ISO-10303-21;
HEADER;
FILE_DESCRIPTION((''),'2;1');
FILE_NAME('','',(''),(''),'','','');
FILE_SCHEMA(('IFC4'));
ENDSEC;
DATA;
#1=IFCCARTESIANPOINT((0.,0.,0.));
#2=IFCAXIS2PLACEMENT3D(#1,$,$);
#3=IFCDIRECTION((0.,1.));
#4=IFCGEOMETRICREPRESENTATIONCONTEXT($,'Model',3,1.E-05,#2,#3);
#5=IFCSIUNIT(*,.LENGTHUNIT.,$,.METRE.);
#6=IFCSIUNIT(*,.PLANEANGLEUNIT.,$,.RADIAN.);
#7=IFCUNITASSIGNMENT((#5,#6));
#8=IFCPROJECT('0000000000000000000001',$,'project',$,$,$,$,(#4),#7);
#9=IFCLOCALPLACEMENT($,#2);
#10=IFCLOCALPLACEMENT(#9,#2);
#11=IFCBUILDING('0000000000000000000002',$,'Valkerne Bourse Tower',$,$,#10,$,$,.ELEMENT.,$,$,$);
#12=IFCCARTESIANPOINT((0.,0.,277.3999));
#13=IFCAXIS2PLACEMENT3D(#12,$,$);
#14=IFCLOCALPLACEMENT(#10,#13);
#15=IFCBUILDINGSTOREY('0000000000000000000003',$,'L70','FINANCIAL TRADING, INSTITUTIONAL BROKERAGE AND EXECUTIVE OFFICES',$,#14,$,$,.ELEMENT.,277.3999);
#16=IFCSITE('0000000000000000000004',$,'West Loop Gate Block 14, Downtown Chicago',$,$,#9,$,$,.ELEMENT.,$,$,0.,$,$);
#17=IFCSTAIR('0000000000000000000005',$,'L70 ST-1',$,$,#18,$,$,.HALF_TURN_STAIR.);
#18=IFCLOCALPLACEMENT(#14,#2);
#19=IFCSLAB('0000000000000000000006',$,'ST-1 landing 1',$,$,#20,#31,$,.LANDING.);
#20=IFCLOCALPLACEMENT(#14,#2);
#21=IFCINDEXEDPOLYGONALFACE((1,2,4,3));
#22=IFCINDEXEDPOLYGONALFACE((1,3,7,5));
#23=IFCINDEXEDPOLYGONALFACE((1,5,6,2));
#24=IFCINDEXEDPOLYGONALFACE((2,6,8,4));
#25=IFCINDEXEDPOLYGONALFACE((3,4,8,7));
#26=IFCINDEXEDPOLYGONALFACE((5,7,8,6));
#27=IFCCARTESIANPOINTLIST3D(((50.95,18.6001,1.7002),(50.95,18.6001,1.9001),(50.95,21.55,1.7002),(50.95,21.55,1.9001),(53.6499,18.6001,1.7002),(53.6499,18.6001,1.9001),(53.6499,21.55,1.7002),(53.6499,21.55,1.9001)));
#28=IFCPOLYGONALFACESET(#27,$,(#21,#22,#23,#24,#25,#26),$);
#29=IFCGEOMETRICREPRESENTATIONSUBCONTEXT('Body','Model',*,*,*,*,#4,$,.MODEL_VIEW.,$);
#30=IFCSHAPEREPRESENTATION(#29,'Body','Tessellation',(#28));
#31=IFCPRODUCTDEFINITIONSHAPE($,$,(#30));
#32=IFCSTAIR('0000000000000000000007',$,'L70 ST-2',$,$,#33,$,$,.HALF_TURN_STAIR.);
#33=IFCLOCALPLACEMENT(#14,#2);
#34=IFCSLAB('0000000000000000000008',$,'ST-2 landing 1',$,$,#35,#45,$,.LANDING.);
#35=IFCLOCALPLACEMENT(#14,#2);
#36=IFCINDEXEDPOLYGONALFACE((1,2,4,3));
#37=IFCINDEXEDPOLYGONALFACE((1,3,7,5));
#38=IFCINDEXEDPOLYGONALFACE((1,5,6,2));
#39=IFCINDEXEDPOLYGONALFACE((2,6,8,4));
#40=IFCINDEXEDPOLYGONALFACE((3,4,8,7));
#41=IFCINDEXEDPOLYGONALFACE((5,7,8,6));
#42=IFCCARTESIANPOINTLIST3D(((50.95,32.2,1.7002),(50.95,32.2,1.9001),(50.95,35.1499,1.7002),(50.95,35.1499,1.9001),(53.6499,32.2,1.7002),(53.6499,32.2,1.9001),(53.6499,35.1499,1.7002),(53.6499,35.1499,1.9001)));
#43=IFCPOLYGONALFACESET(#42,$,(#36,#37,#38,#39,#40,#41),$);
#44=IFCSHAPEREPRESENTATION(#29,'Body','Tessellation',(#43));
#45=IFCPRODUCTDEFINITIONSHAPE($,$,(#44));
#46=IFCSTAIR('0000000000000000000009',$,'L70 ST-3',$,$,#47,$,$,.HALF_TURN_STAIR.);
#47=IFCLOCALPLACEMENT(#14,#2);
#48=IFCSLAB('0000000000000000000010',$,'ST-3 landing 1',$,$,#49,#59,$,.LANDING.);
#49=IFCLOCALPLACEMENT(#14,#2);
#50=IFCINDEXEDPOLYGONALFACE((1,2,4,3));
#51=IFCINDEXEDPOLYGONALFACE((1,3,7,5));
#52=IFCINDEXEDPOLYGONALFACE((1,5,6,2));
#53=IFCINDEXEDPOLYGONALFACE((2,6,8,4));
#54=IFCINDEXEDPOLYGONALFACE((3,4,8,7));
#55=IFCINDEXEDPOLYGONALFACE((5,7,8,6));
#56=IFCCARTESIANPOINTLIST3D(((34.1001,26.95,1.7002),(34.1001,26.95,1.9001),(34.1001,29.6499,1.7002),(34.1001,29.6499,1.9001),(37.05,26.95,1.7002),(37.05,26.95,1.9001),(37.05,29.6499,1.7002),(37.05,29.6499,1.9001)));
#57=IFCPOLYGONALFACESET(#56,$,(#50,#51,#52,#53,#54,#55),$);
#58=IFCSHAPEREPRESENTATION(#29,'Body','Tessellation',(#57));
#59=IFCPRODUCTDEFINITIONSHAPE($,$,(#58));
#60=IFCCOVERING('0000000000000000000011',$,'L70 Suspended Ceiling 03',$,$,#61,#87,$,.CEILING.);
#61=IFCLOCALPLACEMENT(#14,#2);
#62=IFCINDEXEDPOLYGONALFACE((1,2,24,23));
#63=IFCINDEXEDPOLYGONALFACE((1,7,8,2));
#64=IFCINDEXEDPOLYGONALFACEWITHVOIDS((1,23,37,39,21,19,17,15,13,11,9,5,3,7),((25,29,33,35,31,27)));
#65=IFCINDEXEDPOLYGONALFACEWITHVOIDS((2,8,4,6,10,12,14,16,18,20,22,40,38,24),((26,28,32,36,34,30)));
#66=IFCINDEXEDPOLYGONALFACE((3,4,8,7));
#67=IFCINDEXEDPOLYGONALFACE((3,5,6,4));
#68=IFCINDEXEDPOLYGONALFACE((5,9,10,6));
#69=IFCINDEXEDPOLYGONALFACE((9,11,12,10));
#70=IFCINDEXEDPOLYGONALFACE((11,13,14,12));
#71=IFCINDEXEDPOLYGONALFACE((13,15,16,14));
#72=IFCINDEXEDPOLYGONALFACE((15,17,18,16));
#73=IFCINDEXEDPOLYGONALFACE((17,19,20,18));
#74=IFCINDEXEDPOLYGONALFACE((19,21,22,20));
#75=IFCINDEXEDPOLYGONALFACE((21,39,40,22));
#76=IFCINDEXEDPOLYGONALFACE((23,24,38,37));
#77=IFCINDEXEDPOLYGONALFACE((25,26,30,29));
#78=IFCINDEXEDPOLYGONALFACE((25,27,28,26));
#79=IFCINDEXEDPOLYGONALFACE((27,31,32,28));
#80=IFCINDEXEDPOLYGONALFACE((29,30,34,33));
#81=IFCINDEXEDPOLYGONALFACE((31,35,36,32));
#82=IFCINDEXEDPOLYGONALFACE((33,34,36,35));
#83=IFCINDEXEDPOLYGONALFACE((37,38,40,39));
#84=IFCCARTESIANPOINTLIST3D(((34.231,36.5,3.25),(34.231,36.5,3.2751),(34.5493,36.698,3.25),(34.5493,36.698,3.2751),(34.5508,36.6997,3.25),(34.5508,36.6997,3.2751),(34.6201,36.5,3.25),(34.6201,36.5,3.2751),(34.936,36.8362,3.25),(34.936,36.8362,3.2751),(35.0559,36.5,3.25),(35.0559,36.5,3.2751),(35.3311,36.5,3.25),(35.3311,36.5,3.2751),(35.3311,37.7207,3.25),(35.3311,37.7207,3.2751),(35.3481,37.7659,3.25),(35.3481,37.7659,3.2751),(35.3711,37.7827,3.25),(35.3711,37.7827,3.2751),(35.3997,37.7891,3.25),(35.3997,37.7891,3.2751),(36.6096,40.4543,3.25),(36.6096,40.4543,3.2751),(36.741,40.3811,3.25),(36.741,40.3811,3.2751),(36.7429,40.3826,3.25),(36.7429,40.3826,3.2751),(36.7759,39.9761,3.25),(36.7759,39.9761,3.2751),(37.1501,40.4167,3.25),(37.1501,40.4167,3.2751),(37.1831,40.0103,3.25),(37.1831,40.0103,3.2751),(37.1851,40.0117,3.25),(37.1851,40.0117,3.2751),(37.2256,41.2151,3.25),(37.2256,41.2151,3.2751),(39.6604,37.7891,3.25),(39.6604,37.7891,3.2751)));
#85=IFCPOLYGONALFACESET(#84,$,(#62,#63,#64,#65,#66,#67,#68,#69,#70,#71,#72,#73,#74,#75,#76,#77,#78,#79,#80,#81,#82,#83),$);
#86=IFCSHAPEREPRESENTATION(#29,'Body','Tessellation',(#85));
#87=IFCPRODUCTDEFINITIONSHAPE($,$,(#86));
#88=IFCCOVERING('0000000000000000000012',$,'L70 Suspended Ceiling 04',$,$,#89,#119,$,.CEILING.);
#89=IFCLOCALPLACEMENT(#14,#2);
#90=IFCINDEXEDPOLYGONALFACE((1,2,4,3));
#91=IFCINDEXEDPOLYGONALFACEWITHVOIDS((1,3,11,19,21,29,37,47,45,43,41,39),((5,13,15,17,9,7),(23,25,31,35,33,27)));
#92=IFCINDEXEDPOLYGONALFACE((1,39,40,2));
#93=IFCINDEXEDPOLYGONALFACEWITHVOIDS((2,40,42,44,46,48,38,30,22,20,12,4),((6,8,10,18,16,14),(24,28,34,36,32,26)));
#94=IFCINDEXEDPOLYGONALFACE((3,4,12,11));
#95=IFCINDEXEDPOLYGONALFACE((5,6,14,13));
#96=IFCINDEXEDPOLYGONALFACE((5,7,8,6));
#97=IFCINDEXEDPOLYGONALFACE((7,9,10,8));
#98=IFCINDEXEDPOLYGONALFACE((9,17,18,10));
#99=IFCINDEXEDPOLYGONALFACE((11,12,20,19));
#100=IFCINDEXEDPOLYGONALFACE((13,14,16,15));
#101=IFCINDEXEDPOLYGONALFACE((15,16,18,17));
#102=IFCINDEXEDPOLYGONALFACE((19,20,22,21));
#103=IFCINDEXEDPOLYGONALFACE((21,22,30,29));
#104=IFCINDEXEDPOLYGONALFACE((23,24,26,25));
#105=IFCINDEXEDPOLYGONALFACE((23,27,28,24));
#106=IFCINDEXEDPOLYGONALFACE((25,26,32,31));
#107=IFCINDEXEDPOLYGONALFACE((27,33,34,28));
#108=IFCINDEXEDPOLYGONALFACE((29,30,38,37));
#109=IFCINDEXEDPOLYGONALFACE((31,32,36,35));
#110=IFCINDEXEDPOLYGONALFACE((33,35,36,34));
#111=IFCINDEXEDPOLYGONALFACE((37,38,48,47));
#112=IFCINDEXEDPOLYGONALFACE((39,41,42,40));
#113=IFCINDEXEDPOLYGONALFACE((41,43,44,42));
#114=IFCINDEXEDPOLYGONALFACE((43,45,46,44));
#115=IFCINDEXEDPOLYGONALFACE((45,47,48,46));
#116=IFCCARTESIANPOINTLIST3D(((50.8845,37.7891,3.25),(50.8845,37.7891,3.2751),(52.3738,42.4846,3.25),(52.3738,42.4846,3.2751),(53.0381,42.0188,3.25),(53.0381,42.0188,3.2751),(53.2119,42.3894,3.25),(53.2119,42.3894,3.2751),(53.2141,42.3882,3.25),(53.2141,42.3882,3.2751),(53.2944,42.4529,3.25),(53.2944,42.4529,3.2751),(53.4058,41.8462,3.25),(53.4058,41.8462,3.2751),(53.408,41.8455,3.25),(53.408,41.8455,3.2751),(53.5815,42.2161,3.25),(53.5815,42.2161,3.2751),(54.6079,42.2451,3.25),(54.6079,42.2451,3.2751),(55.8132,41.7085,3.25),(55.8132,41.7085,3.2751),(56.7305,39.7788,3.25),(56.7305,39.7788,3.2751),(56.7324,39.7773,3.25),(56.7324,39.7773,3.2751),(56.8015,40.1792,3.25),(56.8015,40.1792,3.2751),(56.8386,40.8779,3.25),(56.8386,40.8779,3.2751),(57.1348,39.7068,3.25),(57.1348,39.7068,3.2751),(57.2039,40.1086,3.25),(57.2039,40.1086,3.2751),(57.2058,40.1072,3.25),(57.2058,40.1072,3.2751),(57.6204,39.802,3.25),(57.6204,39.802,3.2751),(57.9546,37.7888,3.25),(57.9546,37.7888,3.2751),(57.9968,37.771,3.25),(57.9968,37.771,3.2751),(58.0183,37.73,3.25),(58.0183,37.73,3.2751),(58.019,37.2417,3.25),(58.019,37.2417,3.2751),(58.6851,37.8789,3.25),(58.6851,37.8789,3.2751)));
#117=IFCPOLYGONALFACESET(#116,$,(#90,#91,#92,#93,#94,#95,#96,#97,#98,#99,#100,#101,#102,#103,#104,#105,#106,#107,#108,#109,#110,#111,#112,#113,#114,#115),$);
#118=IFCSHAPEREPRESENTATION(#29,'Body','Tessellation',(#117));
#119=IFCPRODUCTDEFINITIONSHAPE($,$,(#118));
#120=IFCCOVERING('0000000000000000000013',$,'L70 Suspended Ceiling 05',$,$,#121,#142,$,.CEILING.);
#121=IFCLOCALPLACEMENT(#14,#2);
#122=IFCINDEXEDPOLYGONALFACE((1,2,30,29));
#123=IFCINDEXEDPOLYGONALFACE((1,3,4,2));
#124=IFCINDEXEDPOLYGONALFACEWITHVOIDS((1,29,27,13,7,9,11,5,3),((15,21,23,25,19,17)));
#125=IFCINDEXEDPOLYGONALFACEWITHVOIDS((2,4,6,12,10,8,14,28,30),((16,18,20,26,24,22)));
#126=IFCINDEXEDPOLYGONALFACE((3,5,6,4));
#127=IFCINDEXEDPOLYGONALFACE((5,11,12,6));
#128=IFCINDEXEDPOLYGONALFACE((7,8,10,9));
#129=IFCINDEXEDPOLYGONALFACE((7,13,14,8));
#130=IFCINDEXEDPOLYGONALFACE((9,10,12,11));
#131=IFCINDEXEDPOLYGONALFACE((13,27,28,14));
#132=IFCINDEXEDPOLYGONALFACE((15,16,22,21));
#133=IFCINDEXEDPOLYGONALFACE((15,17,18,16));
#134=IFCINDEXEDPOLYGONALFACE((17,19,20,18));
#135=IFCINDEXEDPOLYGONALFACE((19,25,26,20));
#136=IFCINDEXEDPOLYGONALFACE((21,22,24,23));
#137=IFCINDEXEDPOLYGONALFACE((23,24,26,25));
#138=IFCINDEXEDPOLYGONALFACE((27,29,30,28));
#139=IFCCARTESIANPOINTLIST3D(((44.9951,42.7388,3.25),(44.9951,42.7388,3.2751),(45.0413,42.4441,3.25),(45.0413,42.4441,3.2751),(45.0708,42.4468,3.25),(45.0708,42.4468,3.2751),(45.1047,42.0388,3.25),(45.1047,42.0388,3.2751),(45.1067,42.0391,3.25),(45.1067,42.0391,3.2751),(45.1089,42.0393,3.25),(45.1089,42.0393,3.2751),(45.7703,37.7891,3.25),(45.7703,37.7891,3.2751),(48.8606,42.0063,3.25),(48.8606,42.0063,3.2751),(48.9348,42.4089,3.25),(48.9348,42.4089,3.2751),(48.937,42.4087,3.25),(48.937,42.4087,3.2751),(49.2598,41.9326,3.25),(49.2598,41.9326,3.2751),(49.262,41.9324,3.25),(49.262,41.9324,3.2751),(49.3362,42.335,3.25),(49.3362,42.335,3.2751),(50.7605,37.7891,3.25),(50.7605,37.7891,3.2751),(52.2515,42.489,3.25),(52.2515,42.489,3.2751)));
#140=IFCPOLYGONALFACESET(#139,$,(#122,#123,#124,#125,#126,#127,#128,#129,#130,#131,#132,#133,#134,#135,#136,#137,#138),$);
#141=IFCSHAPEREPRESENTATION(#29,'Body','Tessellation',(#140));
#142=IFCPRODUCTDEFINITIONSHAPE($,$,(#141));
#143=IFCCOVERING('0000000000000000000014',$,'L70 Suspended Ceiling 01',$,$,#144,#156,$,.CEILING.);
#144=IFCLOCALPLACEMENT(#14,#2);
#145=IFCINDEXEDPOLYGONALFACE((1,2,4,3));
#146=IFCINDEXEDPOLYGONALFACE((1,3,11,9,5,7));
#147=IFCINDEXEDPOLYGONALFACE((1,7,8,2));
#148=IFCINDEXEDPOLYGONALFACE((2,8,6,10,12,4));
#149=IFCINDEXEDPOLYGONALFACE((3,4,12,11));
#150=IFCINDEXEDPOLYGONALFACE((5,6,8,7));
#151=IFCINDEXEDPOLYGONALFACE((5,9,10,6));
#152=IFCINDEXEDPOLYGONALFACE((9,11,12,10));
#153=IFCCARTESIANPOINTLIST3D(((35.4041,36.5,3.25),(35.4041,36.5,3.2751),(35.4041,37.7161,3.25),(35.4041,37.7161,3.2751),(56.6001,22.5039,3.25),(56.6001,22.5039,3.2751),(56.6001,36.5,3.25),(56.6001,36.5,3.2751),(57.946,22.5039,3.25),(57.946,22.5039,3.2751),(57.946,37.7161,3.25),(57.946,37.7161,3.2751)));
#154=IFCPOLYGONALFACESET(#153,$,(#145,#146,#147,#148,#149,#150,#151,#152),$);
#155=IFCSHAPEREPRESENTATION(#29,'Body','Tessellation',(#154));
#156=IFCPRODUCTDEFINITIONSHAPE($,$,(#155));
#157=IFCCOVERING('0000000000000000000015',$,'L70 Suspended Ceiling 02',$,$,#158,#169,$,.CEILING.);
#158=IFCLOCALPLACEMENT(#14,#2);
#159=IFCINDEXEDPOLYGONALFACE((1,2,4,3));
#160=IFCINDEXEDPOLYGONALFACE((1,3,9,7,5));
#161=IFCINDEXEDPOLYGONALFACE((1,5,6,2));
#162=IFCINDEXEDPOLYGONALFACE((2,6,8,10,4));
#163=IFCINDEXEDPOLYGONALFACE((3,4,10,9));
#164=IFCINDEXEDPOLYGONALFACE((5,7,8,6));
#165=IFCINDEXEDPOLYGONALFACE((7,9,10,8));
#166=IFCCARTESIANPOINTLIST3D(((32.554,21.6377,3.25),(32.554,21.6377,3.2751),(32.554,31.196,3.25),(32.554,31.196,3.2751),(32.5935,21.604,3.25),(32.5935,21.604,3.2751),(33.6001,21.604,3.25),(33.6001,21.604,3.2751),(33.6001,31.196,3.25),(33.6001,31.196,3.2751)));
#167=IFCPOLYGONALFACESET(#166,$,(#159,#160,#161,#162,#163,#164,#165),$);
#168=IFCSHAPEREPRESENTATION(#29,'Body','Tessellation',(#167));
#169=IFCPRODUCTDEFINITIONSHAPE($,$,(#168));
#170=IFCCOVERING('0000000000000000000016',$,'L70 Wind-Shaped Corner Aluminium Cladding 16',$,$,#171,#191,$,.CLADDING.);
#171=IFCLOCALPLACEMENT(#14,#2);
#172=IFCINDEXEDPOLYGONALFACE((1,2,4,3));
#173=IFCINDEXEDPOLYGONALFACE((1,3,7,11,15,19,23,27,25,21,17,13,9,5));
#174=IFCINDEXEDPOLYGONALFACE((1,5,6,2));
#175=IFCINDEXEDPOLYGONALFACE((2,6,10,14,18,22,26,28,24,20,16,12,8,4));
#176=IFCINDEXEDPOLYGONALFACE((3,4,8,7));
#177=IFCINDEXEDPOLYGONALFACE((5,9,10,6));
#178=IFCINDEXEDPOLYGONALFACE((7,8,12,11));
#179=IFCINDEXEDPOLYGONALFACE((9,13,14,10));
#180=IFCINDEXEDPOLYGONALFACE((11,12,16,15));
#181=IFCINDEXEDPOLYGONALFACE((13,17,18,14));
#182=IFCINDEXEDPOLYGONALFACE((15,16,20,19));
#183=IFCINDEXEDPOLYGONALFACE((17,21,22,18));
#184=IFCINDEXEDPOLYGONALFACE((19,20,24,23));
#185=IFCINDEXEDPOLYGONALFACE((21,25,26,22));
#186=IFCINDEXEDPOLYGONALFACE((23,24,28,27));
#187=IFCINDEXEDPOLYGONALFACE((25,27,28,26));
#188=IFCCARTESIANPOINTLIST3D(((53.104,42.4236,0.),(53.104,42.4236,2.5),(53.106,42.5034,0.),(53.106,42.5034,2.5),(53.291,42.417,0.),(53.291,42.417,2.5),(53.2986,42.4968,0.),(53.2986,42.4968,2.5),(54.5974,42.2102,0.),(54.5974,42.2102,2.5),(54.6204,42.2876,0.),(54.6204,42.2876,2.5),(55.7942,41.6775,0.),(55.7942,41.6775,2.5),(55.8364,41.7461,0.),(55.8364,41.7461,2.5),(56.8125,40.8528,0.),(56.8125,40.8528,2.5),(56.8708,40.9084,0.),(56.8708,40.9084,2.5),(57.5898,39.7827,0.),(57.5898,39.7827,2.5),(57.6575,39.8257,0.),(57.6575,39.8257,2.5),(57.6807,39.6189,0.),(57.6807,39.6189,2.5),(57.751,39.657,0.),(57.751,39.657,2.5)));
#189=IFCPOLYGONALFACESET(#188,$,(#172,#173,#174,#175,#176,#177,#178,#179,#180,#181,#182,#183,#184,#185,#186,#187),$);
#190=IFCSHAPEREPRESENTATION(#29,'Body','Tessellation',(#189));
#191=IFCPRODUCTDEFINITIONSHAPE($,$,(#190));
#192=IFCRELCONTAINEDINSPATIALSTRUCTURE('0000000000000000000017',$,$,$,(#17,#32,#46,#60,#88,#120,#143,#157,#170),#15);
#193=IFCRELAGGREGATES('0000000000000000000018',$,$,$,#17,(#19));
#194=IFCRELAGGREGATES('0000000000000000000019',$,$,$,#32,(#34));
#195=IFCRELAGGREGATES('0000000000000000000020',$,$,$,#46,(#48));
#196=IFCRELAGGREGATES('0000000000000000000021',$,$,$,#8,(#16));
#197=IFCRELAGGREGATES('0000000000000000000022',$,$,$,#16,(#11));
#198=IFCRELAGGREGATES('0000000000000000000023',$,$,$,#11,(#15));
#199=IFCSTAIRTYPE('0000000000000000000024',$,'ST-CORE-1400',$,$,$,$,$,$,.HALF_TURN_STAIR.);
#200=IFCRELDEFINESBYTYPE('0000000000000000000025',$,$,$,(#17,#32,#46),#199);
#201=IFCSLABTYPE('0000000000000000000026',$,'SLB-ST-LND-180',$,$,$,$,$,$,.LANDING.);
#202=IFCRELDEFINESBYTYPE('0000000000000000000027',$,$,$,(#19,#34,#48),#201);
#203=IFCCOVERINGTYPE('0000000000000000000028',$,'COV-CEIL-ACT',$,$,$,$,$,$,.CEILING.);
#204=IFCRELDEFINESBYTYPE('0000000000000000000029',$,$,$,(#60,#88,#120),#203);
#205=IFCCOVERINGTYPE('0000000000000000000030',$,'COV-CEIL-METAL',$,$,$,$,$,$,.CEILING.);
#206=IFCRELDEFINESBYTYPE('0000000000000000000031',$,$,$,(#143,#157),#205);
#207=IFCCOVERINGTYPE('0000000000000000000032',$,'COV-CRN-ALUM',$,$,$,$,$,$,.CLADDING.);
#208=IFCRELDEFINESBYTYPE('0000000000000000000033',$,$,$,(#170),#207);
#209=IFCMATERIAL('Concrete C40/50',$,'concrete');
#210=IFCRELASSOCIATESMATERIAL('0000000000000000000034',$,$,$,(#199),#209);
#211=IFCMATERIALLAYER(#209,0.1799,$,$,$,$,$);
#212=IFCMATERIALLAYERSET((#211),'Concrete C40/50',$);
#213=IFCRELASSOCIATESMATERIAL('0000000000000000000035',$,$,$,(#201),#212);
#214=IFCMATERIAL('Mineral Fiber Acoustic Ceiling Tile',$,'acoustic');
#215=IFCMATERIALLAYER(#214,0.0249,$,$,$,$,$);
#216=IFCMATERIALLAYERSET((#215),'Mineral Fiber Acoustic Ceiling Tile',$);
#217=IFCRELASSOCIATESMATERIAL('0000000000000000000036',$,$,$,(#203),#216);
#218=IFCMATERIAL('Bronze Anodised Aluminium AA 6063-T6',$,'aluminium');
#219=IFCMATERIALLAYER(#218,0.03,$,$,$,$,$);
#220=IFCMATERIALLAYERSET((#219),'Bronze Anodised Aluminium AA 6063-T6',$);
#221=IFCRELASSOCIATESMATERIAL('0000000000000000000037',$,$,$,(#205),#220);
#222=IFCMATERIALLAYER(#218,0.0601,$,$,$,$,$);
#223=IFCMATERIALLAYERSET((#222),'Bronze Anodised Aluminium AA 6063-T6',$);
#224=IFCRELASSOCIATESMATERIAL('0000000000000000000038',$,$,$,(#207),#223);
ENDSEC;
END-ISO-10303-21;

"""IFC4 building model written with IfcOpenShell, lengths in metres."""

from ifc_helpers import new_model, si_unit, direction, frame, origin, place, context, subcontext, project, spatial, polyline, outline, extrude, material, layer, layer_set, type_object, element, aggregate, save


model = new_model("IFC4")

# Units and contexts
model_context = context("Model", 3, precision=1e-05, world=origin(), true_north=direction((0.0, 1.0)))
body_context = subcontext(model_context, "Body", "Model", "MODEL_VIEW")
ifc_project = project(units=[si_unit("LENGTHUNIT", "METRE"), si_unit("PLANEANGLEUNIT", "RADIAN")], contexts=[model_context])

# Site, building, storey
site_placement = place(None, origin())
site = spatial("IfcSite", under=ifc_project, at=site_placement, Name="West Loop Gate Block 14, Downtown Chicago", CompositionType="ELEMENT", RefElevation=0.0)
building_placement = place(site_placement, origin())
building = spatial("IfcBuilding", under=site, at=building_placement, Name="Valkerne Bourse Tower", CompositionType="ELEMENT")
storey_placement = place(building_placement, frame((0.0, 0.0, 277.3999)))
storey = spatial("IfcBuildingStorey", under=building, at=storey_placement, Name="L70", Description="FINANCIAL TRADING, INSTITUTIONAL BROKERAGE AND EXECUTIVE OFFICES", CompositionType="ELEMENT", Elevation=277.3999)

# Stairs, slabs
ifc_material_1 = material(Name="Concrete C40/50", Category="concrete")
stair_type = type_object("IfcStairType", Name="ST-CORE-1400", PredefinedType="HALF_TURN_STAIR", material=ifc_material_1)
stair_1_placement = place(storey_placement, origin())
stair_1 = element("IfcStair", 1, at=stair_1_placement, inside=storey, type_object=stair_type, Name="L70 ST-1", PredefinedType="HALF_TURN_STAIR")
ifc_layer_1 = layer(ifc_material_1, 0.1799)
ifc_layer_set_1 = layer_set([ifc_layer_1], Name="Concrete C40/50")
slab_type = type_object("IfcSlabType", Name="SLB-ST-LND-180", PredefinedType="LANDING", material=ifc_layer_set_1)
slab_1_placement = place(storey_placement, frame((0.0, 0.0, 1.7002)))
slab_1 = element("IfcSlab", 2, at=slab_1_placement, type_object=slab_type, Name="ST-1 landing 1", PredefinedType="LANDING", context=body_context, shape_type="SweptSolid", body=[
    extrude(outline(polyline([(50.95, 18.6001), (53.6499, 18.6001), (53.6499, 21.55), (50.95, 21.55), (50.95, 18.6001)])), origin(), (0.0, 0.0, 1.0), 0.2),
])
aggregate(stair_1, [slab_1])
stair_2_placement = place(storey_placement, origin())
stair_2 = element("IfcStair", 3, at=stair_2_placement, inside=storey, type_object=stair_type, Name="L70 ST-2", PredefinedType="HALF_TURN_STAIR")
slab_2_placement = place(storey_placement, frame((0.0, 0.0, 1.7002)))
slab_2 = element("IfcSlab", 4, at=slab_2_placement, type_object=slab_type, Name="ST-2 landing 1", PredefinedType="LANDING", context=body_context, shape_type="SweptSolid", body=[
    extrude(outline(polyline([(50.95, 32.2), (53.6499, 32.2), (53.6499, 35.1499), (50.95, 35.1499), (50.95, 32.2)])), origin(), (0.0, 0.0, 1.0), 0.2),
])
aggregate(stair_2, [slab_2])
stair_3_placement = place(storey_placement, origin())
stair_3 = element("IfcStair", 5, at=stair_3_placement, inside=storey, type_object=stair_type, Name="L70 ST-3", PredefinedType="HALF_TURN_STAIR")
slab_3_placement = place(storey_placement, frame((0.0, 0.0, 1.7002)))
slab_3 = element("IfcSlab", 6, at=slab_3_placement, type_object=slab_type, Name="ST-3 landing 1", PredefinedType="LANDING", context=body_context, shape_type="SweptSolid", body=[
    extrude(outline(polyline([(37.05, 26.95), (37.05, 29.6499), (34.1001, 29.6499), (34.1001, 26.95), (37.05, 26.95)])), origin(), (0.0, 0.0, 1.0), 0.2),
])
aggregate(stair_3, [slab_3])

# Coverings
ifc_material_2 = material(Name="Mineral Fiber Acoustic Ceiling Tile", Category="acoustic")
ifc_layer_2 = layer(ifc_material_2, 0.0249)
ifc_layer_set_2 = layer_set([ifc_layer_2], Name="Mineral Fiber Acoustic Ceiling Tile")
covering_type_1 = type_object("IfcCoveringType", Name="COV-CEIL-ACT", PredefinedType="CEILING", material=ifc_layer_set_2)
covering_1_placement = place(storey_placement, frame((0.0, 0.0, 3.25)))
element("IfcCovering", 7, at=covering_1_placement, inside=storey, type_object=covering_type_1, Name="L70 Suspended Ceiling 03", PredefinedType="CEILING", context=body_context, shape_type="SweptSolid", body=[
    extrude(outline(polyline([(39.6604, 37.7891), (35.3997, 37.7891), (35.3711, 37.7827), (35.3481, 37.7659), (35.3311, 37.7207), (35.3311, 36.5), (35.0559, 36.5), (34.936, 36.8362), (34.5508, 36.6997), (34.5493, 36.698), (34.6201, 36.5), (34.231, 36.5), (36.6096, 40.4543), (37.2256, 41.2151), (39.6604, 37.7891)]), holes=[polyline([(37.1831, 40.0103), (37.1851, 40.0117), (37.1501, 40.4167), (36.7429, 40.3826), (36.741, 40.3811), (36.7759, 39.9761), (37.1831, 40.0103)])]), origin(), (0.0, 0.0, 1.0), 0.0251),
])
covering_2_placement = place(storey_placement, frame((0.0, 0.0, 3.25)))
element("IfcCovering", 8, at=covering_2_placement, inside=storey, type_object=covering_type_1, Name="L70 Suspended Ceiling 04", PredefinedType="CEILING", context=body_context, shape_type="SweptSolid", body=[
    extrude(outline(polyline([(55.8132, 41.7085), (56.8386, 40.8779), (57.6204, 39.802), (58.6851, 37.8789), (58.019, 37.2417), (58.0183, 37.73), (57.9968, 37.771), (57.9546, 37.7888), (50.8845, 37.7891), (52.3738, 42.4846), (53.2944, 42.4529), (54.6079, 42.2451), (55.8132, 41.7085)]), holes=[polyline([(57.2039, 40.1086), (56.8015, 40.1792), (56.7305, 39.7788), (56.7324, 39.7773), (57.1348, 39.7068), (57.2058, 40.1072), (57.2039, 40.1086)]), polyline([(53.2141, 42.3882), (53.2119, 42.3894), (53.0381, 42.0188), (53.4058, 41.8462), (53.408, 41.8455), (53.5815, 42.2161), (53.2141, 42.3882)])]), origin(), (0.0, 0.0, 1.0), 0.0251),
])
covering_3_placement = place(storey_placement, frame((0.0, 0.0, 3.25)))
element("IfcCovering", 9, at=covering_3_placement, inside=storey, type_object=covering_type_1, Name="L70 Suspended Ceiling 05", PredefinedType="CEILING", context=body_context, shape_type="SweptSolid", body=[
    extrude(outline(polyline([(45.7703, 37.7891), (45.1047, 42.0388), (45.1067, 42.0391), (45.1089, 42.0393), (45.0708, 42.4468), (45.0413, 42.4441), (44.9951, 42.7388), (52.2515, 42.489), (50.7605, 37.7891), (45.7703, 37.7891)]), holes=[polyline([(49.3362, 42.335), (48.937, 42.4087), (48.9348, 42.4089), (48.8606, 42.0063), (49.2598, 41.9326), (49.262, 41.9324), (49.3362, 42.335)])]), origin(), (0.0, 0.0, 1.0), 0.0251),
])
ifc_material_3 = material(Name="Bronze Anodised Aluminium AA 6063-T6", Category="aluminium")
ifc_layer_3 = layer(ifc_material_3, 0.03)
ifc_layer_set_3 = layer_set([ifc_layer_3], Name="Bronze Anodised Aluminium AA 6063-T6")
covering_type_2 = type_object("IfcCoveringType", Name="COV-CEIL-METAL", PredefinedType="CEILING", material=ifc_layer_set_3)
covering_4_placement = place(storey_placement, frame((0.0, 0.0, 3.25)))
element("IfcCovering", 10, at=covering_4_placement, inside=storey, type_object=covering_type_2, Name="L70 Suspended Ceiling 01", PredefinedType="CEILING", context=body_context, shape_type="SweptSolid", body=[
    extrude(outline(polyline([(35.4041, 37.7161), (57.946, 37.7161), (57.946, 22.5039), (56.6001, 22.5039), (56.6001, 36.5), (35.4041, 36.5), (35.4041, 37.7161)])), origin(), (0.0, 0.0, 1.0), 0.0251),
])
covering_5_placement = place(storey_placement, frame((0.0, 0.0, 3.25)))
element("IfcCovering", 11, at=covering_5_placement, inside=storey, type_object=covering_type_2, Name="L70 Suspended Ceiling 02", PredefinedType="CEILING", context=body_context, shape_type="SweptSolid", body=[
    extrude(outline(polyline([(32.5935, 21.604), (32.554, 21.6377), (32.554, 31.196), (33.6001, 31.196), (33.6001, 21.604), (32.5935, 21.604)])), origin(), (0.0, 0.0, 1.0), 0.0251),
])
ifc_layer_4 = layer(ifc_material_3, 0.0601)
ifc_layer_set_4 = layer_set([ifc_layer_4], Name="Bronze Anodised Aluminium AA 6063-T6")
covering_type_3 = type_object("IfcCoveringType", Name="COV-CRN-ALUM", PredefinedType="CLADDING", material=ifc_layer_set_4)
covering_6_placement = place(storey_placement, origin())
element("IfcCovering", 12, at=covering_6_placement, inside=storey, type_object=covering_type_3, Name="L70 Wind-Shaped Corner Aluminium Cladding 16", PredefinedType="CLADDING", context=body_context, shape_type="SweptSolid", body=[
    extrude(outline(polyline([(53.2986, 42.4968), (54.6204, 42.2876), (55.8364, 41.7461), (56.8708, 40.9084), (57.6575, 39.8257), (57.751, 39.657), (57.6807, 39.6189), (57.5898, 39.7827), (56.8125, 40.8528), (55.7942, 41.6775), (54.5974, 42.2102), (53.291, 42.417), (53.104, 42.4236), (53.106, 42.5034), (53.2986, 42.4968)])), origin(), (0.0, 0.0, 1.0), 2.5),
])

save(model, "model.ifc")
